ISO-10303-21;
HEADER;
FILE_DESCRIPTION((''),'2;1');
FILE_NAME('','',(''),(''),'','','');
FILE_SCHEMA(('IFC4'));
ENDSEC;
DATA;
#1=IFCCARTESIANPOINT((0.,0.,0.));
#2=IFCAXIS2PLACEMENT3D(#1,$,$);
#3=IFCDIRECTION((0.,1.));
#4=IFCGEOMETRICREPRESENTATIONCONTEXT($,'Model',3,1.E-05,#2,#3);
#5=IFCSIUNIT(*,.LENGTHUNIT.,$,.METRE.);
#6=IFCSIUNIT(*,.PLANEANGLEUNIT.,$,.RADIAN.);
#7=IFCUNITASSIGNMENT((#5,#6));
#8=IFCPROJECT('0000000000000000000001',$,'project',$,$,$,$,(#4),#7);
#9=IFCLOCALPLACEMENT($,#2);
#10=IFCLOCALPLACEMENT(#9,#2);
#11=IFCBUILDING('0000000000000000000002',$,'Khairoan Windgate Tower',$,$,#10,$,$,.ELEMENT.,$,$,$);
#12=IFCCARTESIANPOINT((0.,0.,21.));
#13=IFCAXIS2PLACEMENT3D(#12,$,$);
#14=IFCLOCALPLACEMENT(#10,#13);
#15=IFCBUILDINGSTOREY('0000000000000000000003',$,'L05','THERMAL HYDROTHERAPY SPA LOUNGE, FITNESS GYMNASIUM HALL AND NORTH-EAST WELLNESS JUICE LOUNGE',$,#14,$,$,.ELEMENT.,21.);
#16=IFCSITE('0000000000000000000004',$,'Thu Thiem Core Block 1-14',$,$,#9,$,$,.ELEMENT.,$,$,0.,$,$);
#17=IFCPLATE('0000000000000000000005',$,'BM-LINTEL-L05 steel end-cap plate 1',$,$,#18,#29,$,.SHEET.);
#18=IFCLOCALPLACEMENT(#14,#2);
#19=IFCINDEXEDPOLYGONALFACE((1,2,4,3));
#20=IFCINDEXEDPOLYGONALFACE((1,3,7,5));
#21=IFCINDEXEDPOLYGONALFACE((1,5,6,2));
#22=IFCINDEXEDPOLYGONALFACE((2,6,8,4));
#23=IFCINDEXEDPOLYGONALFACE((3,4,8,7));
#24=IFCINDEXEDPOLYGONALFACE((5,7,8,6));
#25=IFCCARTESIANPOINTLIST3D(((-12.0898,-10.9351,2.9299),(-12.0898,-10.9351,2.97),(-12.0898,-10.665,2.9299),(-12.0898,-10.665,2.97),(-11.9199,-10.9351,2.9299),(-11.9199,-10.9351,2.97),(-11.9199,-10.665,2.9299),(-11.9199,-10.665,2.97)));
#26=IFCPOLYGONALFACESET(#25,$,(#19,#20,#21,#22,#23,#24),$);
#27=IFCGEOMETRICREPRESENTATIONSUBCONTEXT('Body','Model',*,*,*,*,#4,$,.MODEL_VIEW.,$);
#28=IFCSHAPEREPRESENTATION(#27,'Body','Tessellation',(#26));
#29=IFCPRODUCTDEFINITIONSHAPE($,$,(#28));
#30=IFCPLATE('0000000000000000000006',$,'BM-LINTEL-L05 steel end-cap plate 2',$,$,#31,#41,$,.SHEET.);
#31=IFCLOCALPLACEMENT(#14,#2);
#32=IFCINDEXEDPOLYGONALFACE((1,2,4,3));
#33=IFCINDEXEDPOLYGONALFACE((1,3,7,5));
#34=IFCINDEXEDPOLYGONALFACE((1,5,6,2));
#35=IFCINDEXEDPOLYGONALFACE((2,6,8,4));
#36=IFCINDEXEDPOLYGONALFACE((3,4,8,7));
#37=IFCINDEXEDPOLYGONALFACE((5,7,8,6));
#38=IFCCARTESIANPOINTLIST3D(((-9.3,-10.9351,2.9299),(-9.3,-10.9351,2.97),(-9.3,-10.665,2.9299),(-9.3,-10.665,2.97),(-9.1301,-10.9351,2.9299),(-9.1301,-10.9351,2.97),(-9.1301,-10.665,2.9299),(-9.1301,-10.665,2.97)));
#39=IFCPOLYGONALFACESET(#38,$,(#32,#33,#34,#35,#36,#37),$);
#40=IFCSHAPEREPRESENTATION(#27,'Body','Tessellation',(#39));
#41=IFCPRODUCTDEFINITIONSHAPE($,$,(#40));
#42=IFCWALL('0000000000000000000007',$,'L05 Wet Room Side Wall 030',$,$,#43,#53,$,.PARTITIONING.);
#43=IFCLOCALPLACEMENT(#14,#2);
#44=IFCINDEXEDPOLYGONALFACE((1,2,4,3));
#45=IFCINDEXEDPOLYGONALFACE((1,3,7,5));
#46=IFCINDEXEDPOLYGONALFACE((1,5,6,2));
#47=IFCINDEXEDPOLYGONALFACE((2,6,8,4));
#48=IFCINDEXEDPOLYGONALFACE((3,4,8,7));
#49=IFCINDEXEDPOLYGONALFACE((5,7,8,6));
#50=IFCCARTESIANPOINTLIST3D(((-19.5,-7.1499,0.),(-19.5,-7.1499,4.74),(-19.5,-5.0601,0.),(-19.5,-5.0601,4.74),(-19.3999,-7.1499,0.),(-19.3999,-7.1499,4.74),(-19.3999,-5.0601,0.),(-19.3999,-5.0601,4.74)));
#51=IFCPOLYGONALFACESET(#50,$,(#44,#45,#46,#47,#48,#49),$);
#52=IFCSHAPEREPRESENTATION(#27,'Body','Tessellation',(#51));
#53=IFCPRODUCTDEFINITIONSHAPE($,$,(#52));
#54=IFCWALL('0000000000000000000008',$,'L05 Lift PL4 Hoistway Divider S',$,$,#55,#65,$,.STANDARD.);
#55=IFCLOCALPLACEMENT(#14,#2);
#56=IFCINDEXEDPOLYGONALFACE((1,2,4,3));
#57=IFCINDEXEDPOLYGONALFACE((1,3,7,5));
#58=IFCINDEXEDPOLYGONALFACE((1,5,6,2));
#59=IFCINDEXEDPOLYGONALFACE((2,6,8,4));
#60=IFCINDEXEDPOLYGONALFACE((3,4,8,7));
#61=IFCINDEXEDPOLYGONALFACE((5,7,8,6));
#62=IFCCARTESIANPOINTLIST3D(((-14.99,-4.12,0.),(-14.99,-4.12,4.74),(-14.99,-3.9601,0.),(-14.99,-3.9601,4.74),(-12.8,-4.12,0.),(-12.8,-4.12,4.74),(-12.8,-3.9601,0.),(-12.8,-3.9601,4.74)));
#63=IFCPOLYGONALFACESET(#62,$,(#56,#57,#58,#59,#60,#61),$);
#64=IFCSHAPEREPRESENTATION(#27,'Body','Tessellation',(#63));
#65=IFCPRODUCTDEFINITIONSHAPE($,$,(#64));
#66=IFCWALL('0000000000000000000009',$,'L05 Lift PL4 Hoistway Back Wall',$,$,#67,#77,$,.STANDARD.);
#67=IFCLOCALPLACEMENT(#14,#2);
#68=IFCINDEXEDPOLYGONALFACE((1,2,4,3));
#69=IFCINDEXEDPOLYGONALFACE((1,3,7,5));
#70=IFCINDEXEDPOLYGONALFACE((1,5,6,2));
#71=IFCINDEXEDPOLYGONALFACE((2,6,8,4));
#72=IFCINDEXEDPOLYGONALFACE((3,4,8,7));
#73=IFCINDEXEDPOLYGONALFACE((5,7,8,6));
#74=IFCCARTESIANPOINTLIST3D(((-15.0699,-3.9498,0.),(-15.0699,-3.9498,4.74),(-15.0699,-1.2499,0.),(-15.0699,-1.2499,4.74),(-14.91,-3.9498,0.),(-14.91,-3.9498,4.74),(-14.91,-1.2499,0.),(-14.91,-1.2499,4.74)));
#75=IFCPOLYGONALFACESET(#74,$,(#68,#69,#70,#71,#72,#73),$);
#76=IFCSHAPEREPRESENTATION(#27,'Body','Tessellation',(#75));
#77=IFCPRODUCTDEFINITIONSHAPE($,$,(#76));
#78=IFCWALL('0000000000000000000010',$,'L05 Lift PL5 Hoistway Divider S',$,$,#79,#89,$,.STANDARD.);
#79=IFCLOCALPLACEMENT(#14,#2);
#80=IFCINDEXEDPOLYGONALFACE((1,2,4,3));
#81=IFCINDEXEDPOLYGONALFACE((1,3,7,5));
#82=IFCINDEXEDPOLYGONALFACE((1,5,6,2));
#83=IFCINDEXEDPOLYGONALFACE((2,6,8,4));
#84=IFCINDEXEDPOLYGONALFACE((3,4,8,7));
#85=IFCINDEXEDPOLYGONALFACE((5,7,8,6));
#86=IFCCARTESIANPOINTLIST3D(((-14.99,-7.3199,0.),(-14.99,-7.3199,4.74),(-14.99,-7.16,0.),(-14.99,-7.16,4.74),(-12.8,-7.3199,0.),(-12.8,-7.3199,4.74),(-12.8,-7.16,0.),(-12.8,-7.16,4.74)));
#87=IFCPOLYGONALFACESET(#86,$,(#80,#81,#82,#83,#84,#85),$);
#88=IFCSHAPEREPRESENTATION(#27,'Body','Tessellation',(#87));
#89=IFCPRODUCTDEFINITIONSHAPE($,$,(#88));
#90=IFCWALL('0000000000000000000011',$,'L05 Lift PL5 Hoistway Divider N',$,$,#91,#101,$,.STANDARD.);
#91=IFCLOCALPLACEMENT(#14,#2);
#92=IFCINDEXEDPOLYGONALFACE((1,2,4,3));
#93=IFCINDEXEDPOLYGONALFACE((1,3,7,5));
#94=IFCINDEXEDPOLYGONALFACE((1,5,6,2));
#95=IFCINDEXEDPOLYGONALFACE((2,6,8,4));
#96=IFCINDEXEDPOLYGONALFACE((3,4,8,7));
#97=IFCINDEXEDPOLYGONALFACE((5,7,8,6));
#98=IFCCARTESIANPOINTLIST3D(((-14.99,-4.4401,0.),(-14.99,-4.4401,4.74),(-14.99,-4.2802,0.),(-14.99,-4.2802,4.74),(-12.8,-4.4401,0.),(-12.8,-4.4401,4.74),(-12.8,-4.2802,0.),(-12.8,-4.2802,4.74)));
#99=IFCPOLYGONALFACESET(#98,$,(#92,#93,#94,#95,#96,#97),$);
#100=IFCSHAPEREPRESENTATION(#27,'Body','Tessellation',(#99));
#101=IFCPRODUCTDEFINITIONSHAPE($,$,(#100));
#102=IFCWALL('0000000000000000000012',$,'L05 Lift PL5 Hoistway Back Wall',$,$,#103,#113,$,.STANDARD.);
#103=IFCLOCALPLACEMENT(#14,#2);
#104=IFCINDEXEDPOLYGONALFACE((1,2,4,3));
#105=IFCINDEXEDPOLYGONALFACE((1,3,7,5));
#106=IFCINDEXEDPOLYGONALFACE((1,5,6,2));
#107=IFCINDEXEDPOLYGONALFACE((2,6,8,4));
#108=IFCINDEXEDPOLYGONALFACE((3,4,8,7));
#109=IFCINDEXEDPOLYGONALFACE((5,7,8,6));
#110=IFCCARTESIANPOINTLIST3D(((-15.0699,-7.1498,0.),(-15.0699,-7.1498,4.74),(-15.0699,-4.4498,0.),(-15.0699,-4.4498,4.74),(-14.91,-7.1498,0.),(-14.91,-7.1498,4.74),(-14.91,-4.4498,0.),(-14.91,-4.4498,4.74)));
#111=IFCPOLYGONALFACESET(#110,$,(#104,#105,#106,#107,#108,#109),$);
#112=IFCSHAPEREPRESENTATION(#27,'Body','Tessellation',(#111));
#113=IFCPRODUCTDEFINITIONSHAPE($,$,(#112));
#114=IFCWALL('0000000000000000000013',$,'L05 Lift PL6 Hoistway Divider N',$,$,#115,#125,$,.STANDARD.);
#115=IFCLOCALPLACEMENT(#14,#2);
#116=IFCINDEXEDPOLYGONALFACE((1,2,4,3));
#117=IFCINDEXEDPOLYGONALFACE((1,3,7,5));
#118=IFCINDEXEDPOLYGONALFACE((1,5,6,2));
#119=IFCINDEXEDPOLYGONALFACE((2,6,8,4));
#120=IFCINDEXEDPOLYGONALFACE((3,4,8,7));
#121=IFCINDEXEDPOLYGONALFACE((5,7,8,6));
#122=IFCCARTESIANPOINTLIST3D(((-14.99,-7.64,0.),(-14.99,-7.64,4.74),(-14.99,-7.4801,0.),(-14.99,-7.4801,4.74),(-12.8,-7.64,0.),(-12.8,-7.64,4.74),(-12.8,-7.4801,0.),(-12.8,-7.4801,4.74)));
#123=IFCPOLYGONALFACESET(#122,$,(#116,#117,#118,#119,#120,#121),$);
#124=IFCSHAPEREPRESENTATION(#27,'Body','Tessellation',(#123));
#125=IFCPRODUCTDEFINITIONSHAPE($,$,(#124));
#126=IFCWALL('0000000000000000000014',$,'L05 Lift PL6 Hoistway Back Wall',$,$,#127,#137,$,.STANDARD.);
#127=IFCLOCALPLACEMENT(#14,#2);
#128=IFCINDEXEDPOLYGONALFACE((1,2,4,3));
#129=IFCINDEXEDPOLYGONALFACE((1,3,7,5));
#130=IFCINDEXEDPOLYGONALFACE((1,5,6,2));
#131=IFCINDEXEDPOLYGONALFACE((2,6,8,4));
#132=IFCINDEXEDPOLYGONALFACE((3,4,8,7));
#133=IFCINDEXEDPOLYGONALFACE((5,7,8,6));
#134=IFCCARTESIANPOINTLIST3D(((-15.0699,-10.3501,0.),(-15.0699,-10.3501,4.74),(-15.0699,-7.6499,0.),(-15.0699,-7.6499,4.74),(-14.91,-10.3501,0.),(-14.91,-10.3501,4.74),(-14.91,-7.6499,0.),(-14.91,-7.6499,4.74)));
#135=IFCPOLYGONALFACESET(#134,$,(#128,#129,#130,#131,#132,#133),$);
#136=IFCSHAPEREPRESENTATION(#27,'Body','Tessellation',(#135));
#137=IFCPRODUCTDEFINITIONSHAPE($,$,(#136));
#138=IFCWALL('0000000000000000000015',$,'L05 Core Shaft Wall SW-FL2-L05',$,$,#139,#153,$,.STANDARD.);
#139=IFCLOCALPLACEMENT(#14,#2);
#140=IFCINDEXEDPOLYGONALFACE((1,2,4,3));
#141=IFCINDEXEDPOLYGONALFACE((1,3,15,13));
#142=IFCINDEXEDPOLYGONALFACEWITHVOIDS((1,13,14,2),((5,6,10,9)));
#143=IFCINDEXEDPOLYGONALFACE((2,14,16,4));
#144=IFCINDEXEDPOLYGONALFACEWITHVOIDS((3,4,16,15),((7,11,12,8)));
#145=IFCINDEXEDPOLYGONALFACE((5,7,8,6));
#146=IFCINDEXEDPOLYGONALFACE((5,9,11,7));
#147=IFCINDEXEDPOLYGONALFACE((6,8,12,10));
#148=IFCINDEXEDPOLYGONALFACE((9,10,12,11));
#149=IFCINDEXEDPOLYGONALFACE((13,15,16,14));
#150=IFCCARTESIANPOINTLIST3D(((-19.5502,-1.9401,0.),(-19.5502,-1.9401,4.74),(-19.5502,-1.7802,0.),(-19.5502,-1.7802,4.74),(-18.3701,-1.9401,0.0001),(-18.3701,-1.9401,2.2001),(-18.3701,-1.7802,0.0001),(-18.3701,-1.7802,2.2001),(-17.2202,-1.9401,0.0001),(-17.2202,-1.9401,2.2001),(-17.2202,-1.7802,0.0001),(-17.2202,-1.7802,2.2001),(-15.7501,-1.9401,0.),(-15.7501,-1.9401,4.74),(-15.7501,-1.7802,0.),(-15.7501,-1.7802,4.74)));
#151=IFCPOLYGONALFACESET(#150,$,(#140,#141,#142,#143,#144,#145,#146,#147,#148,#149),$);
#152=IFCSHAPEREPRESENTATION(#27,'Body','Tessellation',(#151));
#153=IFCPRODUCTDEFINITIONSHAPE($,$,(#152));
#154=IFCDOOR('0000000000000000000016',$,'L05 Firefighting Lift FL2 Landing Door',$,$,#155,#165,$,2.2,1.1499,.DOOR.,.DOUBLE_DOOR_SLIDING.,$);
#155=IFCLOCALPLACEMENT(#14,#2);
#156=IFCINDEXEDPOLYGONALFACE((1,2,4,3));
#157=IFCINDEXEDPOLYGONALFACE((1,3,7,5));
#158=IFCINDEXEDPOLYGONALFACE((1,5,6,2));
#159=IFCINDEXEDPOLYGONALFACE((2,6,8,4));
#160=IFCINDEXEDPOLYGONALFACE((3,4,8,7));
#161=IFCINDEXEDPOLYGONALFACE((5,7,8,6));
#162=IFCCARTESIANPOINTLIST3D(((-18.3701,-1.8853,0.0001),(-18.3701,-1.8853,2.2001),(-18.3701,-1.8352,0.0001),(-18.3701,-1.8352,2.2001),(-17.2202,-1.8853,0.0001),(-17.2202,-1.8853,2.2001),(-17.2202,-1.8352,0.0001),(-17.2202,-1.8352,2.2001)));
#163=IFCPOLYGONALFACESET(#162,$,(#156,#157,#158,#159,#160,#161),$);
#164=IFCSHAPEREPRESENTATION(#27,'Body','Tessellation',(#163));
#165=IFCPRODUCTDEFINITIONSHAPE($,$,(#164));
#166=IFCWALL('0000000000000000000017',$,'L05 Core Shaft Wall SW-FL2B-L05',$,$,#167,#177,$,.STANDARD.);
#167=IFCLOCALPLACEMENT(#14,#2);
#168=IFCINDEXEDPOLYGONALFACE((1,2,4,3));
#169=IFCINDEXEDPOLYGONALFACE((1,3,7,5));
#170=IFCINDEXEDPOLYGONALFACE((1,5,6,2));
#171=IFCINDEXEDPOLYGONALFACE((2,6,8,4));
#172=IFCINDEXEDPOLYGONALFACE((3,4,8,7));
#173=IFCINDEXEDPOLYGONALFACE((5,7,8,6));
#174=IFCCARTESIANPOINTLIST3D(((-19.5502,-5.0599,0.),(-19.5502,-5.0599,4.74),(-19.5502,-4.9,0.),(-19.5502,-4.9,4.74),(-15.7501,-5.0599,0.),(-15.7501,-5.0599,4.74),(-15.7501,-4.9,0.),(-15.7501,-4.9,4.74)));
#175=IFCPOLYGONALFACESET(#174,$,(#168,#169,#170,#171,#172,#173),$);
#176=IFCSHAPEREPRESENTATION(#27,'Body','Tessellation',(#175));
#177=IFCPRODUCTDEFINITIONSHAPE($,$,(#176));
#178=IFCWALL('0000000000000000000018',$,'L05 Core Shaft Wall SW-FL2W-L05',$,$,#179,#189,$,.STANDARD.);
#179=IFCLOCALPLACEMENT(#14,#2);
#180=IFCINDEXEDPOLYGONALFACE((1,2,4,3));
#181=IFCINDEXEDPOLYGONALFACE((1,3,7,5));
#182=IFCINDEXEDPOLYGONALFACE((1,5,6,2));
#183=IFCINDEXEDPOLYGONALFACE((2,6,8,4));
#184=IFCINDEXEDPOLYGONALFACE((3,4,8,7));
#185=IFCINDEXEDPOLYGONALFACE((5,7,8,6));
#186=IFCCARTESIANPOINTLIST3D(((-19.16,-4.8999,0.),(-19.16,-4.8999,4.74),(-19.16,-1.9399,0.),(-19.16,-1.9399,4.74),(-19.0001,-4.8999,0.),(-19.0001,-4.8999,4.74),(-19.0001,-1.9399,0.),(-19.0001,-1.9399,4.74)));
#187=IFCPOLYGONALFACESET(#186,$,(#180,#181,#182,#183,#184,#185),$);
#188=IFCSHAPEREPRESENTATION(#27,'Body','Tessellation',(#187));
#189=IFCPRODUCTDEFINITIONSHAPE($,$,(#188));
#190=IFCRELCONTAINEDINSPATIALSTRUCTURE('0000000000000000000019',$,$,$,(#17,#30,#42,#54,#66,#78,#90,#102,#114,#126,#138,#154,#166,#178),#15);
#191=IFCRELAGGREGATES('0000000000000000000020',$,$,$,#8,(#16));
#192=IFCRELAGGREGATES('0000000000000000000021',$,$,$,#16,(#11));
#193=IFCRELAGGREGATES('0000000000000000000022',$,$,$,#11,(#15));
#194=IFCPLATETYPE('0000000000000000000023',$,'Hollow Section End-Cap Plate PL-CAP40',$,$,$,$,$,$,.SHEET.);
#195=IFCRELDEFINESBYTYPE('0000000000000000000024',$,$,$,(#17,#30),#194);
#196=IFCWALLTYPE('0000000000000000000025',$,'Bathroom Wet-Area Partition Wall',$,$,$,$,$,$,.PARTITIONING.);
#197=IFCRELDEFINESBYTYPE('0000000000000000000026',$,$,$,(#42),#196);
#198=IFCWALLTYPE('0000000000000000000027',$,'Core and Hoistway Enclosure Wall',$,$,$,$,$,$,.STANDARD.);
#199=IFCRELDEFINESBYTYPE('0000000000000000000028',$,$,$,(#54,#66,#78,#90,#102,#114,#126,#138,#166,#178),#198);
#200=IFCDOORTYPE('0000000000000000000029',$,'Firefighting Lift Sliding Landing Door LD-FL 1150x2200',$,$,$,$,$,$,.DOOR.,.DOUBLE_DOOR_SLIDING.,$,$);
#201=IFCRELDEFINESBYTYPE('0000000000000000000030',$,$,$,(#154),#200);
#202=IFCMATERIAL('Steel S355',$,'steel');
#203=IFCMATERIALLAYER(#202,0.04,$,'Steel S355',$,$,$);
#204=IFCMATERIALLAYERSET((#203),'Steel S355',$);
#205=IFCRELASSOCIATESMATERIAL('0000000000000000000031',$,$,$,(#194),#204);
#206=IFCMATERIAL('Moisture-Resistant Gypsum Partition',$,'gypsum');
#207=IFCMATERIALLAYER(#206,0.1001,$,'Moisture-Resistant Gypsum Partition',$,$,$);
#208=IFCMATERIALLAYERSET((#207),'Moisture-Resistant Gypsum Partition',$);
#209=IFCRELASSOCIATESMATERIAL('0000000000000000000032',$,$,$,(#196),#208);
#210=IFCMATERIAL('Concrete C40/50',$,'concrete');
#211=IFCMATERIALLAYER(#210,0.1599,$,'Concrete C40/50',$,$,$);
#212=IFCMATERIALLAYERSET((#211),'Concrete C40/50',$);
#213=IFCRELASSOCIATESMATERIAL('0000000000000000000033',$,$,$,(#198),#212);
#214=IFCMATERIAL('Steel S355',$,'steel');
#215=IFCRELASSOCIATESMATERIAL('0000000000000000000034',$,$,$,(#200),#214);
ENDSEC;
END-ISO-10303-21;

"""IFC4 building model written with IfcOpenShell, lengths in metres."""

from ifc_helpers import new_model, si_unit, direction, frame, frame_2d, origin, origin_2d, place, context, subcontext, project, spatial, rectangle, extrude, material, layer, layer_set, type_object, element, fill, save


model = new_model("IFC4")

# Units and contexts
model_context = context("Model", 3, precision=1e-05, world=origin(), true_north=direction((0.0, 1.0)))
body_context = subcontext(model_context, "Body", "Model", "MODEL_VIEW")
ifc_project = project(units=[si_unit("LENGTHUNIT", "METRE"), si_unit("PLANEANGLEUNIT", "RADIAN")], contexts=[model_context])

# Site, building, storey
site_placement = place(None, origin())
site = spatial("IfcSite", under=ifc_project, at=site_placement, Name="Thu Thiem Core Block 1-14", CompositionType="ELEMENT", RefElevation=0.0)
building_placement = place(site_placement, origin())
building = spatial("IfcBuilding", under=site, at=building_placement, Name="Khairoan Windgate Tower", CompositionType="ELEMENT")
storey_placement = place(building_placement, frame((0.0, 0.0, 21.0)))
storey = spatial("IfcBuildingStorey", under=building, at=storey_placement, Name="L05", Description="THERMAL HYDROTHERAPY SPA LOUNGE, FITNESS GYMNASIUM HALL AND NORTH-EAST WELLNESS JUICE LOUNGE", CompositionType="ELEMENT", Elevation=21.0)

# Plates
ifc_material_1 = material(Name="Steel S355", Category="steel")
ifc_layer_1 = layer(ifc_material_1, 0.04, Name="Steel S355")
ifc_layer_set_1 = layer_set([ifc_layer_1], Name="Steel S355")
plate_type = type_object("IfcPlateType", Name="Hollow Section End-Cap Plate PL-CAP40", PredefinedType="SHEET", material=ifc_layer_set_1)
for number, where, z_axis, x_axis, name in (
    (1, (-12.0049, -10.8, 2.9299), (0.0, 0.0, 1.0), (1.0, 0.0, 0.0), "BM-LINTEL-L05 steel end-cap plate 1"),
    (2, (-9.2151, -10.8, 2.9299), (0.0, 0.0, 1.0), (1.0, 0.0, 0.0), "BM-LINTEL-L05 steel end-cap plate 2"),
):
    element("IfcPlate", number, at=place(storey_placement, frame(where, z_axis=z_axis, x_axis=x_axis)), inside=storey, type_object=plate_type, Name=name, PredefinedType="SHEET", context=body_context, shape_type="SweptSolid", body=[
        extrude(rectangle(XDim=0.1699, YDim=0.27, at=origin_2d()), origin(), (0.0, 0.0, 1.0), 0.04),
    ])

# Walls
ifc_material_2 = material(Name="Moisture-Resistant Gypsum Partition", Category="gypsum")
ifc_layer_2 = layer(ifc_material_2, 0.1001, Name="Moisture-Resistant Gypsum Partition")
ifc_layer_set_2 = layer_set([ifc_layer_2], Name="Moisture-Resistant Gypsum Partition")
wall_type_1 = type_object("IfcWallType", Name="Bathroom Wet-Area Partition Wall", PredefinedType="PARTITIONING", material=ifc_layer_set_2)
wall_1_placement = place(storey_placement, frame((-19.45, -7.1499, 0.0), z_axis=(0.0, 0.0, 1.0), x_axis=(0.0, 1.0, 0.0)))
element("IfcWall", 3, at=wall_1_placement, inside=storey, type_object=wall_type_1, Name="L05 Wet Room Side Wall 030", PredefinedType="PARTITIONING", context=body_context, shape_type="SweptSolid", body=[
    extrude(rectangle(XDim=2.0898, YDim=0.1001, at=frame_2d((1.0449, 0.0))), origin(), (0.0, 0.0, 1.0), 4.74),
])
ifc_material_3 = material(Name="Concrete C40/50", Category="concrete")
ifc_layer_3 = layer(ifc_material_3, 0.1599, Name="Concrete C40/50")
ifc_layer_set_3 = layer_set([ifc_layer_3], Name="Concrete C40/50")
wall_type_2 = type_object("IfcWallType", Name="Core and Hoistway Enclosure Wall", PredefinedType="STANDARD", material=ifc_layer_set_3)
wall_2_placement = place(storey_placement, frame((-14.99, -4.04, 0.0), z_axis=(0.0, 0.0, 1.0), x_axis=(1.0, 0.0, 0.0)))
element("IfcWall", 4, at=wall_2_placement, inside=storey, type_object=wall_type_2, Name="L05 Lift PL4 Hoistway Divider S", PredefinedType="STANDARD", context=body_context, shape_type="SweptSolid", body=[
    extrude(rectangle(XDim=2.1899, YDim=0.1599, at=frame_2d((1.095, 0.0))), origin(), (0.0, 0.0, 1.0), 4.74),
])
wall_3_placement = place(storey_placement, frame((-14.99, -3.95, 0.0), z_axis=(0.0, 0.0, 1.0), x_axis=(0.0, 1.0, 0.0)))
element("IfcWall", 5, at=wall_3_placement, inside=storey, type_object=wall_type_2, Name="L05 Lift PL4 Hoistway Back Wall", PredefinedType="STANDARD", context=body_context, shape_type="SweptSolid", body=[
    extrude(rectangle(XDim=2.7, YDim=0.1599, at=frame_2d((1.3501, 0.0))), origin(), (0.0, 0.0, 1.0), 4.74),
])
for number, where, z_axis, x_axis, name in (
    (6, (-14.99, -7.24, 0.0), (0.0, 0.0, 1.0), (1.0, 0.0, 0.0), "L05 Lift PL5 Hoistway Divider S"),
    (7, (-14.99, -4.3601, 0.0), (0.0, 0.0, 1.0), (1.0, 0.0, 0.0), "L05 Lift PL5 Hoistway Divider N"),
):
    element("IfcWall", number, at=place(storey_placement, frame(where, z_axis=z_axis, x_axis=x_axis)), inside=storey, type_object=wall_type_2, Name=name, PredefinedType="STANDARD", context=body_context, shape_type="SweptSolid", body=[
        extrude(rectangle(XDim=2.1899, YDim=0.1599, at=frame_2d((1.095, 0.0))), origin(), (0.0, 0.0, 1.0), 4.74),
    ])
wall_4_placement = place(storey_placement, frame((-14.99, -7.1499, 0.0), z_axis=(0.0, 0.0, 1.0), x_axis=(0.0, 1.0, 0.0)))
element("IfcWall", 8, at=wall_4_placement, inside=storey, type_object=wall_type_2, Name="L05 Lift PL5 Hoistway Back Wall", PredefinedType="STANDARD", context=body_context, shape_type="SweptSolid", body=[
    extrude(rectangle(XDim=2.7, YDim=0.1599, at=frame_2d((1.3501, 0.0))), origin(), (0.0, 0.0, 1.0), 4.74),
])
wall_5_placement = place(storey_placement, frame((-14.99, -7.5601, 0.0), z_axis=(0.0, 0.0, 1.0), x_axis=(1.0, 0.0, 0.0)))
element("IfcWall", 9, at=wall_5_placement, inside=storey, type_object=wall_type_2, Name="L05 Lift PL6 Hoistway Divider N", PredefinedType="STANDARD", context=body_context, shape_type="SweptSolid", body=[
    extrude(rectangle(XDim=2.1899, YDim=0.1599, at=frame_2d((1.095, 0.0))), origin(), (0.0, 0.0, 1.0), 4.74),
])
wall_6_placement = place(storey_placement, frame((-14.99, -10.3501, 0.0), z_axis=(0.0, 0.0, 1.0), x_axis=(0.0, 1.0, 0.0)))
element("IfcWall", 10, at=wall_6_placement, inside=storey, type_object=wall_type_2, Name="L05 Lift PL6 Hoistway Back Wall", PredefinedType="STANDARD", context=body_context, shape_type="SweptSolid", body=[
    extrude(rectangle(XDim=2.7002, YDim=0.1599, at=frame_2d((1.3501, 0.0))), origin(), (0.0, 0.0, 1.0), 4.74),
])

# Wall, opening, door
wall_7_placement = place(storey_placement, frame((-19.55, -1.8601, 0.0), z_axis=(0.0, 0.0, 1.0), x_axis=(1.0, 0.0, 0.0)))
wall_7 = element("IfcWall", 11, at=wall_7_placement, inside=storey, type_object=wall_type_2, Name="L05 Core Shaft Wall SW-FL2-L05", PredefinedType="STANDARD", context=body_context, shape_type="SweptSolid", body=[
    extrude(rectangle(XDim=3.8, YDim=0.1599, at=frame_2d((1.8999, 0.0))), origin(), (0.0, 0.0, 1.0), 4.74),
])
opening_1_placement = place(wall_7_placement, frame((1.1799, 0.0, 0.0)))
opening_1 = element("IfcOpeningElement", 12, at=opening_1_placement, cuts=wall_7, PredefinedType="OPENING", context=body_context, shape_type="SweptSolid", body=[
    extrude(rectangle(XDim=1.1499, YDim=2.2, at=frame_2d((0.575, 1.1001))), frame((0.0, 0.0898, 0.0), z_axis=(0.0, -1.0, 0.0), x_axis=(1.0, 0.0, 0.0)), (0.0, 0.0, 1.0), 0.1799),
])
ifc_material_4 = material(Name="Steel S355", Category="steel")
door_type_1 = type_object("IfcDoorType", Name="Firefighting Lift Sliding Landing Door LD-FL 1150x2200", OperationType="DOUBLE_DOOR_SLIDING", PredefinedType="DOOR", material=ifc_material_4)
door_1_placement = place(opening_1_placement, origin())
door_1 = element("IfcDoor", 13, at=door_1_placement, inside=storey, type_object=door_type_1, Name="L05 Firefighting Lift FL2 Landing Door", OperationType="DOUBLE_DOOR_SLIDING", OverallHeight=2.2, OverallWidth=1.1499, PredefinedType="DOOR", context=body_context, shape_type="SweptSolid", body=[
    extrude(rectangle(XDim=1.1499, YDim=2.2, at=frame_2d((0.575, 1.1001))), frame((0.0, 0.0249, 0.0), z_axis=(0.0, -1.0, 0.0), x_axis=(1.0, 0.0, 0.0)), (0.0, 0.0, 1.0), 0.05),
])
fill(opening_1, door_1)

# Walls
wall_8_placement = place(storey_placement, frame((-19.55, -4.98, 0.0), z_axis=(0.0, 0.0, 1.0), x_axis=(1.0, 0.0, 0.0)))
element("IfcWall", 14, at=wall_8_placement, inside=storey, type_object=wall_type_2, Name="L05 Core Shaft Wall SW-FL2B-L05", PredefinedType="STANDARD", context=body_context, shape_type="SweptSolid", body=[
    extrude(rectangle(XDim=3.8, YDim=0.1599, at=frame_2d((1.8999, 0.0))), origin(), (0.0, 0.0, 1.0), 4.74),
])
for number, where, z_axis, x_axis, name in (
    (15, (-19.0801, -4.8999, 0.0), (0.0, 0.0, 1.0), (0.0, 1.0, 0.0), "L05 Core Shaft Wall SW-FL2W-L05"),
):
    element("IfcWall", number, at=place(storey_placement, frame(where, z_axis=z_axis, x_axis=x_axis)), inside=storey, type_object=wall_type_2, Name=name, PredefinedType="STANDARD", context=body_context, shape_type="SweptSolid", body=[
        extrude(rectangle(XDim=2.96, YDim=0.1599, at=frame_2d((1.48, 0.0))), origin(), (0.0, 0.0, 1.0), 4.74),
    ])

save(model, "model.ifc")
